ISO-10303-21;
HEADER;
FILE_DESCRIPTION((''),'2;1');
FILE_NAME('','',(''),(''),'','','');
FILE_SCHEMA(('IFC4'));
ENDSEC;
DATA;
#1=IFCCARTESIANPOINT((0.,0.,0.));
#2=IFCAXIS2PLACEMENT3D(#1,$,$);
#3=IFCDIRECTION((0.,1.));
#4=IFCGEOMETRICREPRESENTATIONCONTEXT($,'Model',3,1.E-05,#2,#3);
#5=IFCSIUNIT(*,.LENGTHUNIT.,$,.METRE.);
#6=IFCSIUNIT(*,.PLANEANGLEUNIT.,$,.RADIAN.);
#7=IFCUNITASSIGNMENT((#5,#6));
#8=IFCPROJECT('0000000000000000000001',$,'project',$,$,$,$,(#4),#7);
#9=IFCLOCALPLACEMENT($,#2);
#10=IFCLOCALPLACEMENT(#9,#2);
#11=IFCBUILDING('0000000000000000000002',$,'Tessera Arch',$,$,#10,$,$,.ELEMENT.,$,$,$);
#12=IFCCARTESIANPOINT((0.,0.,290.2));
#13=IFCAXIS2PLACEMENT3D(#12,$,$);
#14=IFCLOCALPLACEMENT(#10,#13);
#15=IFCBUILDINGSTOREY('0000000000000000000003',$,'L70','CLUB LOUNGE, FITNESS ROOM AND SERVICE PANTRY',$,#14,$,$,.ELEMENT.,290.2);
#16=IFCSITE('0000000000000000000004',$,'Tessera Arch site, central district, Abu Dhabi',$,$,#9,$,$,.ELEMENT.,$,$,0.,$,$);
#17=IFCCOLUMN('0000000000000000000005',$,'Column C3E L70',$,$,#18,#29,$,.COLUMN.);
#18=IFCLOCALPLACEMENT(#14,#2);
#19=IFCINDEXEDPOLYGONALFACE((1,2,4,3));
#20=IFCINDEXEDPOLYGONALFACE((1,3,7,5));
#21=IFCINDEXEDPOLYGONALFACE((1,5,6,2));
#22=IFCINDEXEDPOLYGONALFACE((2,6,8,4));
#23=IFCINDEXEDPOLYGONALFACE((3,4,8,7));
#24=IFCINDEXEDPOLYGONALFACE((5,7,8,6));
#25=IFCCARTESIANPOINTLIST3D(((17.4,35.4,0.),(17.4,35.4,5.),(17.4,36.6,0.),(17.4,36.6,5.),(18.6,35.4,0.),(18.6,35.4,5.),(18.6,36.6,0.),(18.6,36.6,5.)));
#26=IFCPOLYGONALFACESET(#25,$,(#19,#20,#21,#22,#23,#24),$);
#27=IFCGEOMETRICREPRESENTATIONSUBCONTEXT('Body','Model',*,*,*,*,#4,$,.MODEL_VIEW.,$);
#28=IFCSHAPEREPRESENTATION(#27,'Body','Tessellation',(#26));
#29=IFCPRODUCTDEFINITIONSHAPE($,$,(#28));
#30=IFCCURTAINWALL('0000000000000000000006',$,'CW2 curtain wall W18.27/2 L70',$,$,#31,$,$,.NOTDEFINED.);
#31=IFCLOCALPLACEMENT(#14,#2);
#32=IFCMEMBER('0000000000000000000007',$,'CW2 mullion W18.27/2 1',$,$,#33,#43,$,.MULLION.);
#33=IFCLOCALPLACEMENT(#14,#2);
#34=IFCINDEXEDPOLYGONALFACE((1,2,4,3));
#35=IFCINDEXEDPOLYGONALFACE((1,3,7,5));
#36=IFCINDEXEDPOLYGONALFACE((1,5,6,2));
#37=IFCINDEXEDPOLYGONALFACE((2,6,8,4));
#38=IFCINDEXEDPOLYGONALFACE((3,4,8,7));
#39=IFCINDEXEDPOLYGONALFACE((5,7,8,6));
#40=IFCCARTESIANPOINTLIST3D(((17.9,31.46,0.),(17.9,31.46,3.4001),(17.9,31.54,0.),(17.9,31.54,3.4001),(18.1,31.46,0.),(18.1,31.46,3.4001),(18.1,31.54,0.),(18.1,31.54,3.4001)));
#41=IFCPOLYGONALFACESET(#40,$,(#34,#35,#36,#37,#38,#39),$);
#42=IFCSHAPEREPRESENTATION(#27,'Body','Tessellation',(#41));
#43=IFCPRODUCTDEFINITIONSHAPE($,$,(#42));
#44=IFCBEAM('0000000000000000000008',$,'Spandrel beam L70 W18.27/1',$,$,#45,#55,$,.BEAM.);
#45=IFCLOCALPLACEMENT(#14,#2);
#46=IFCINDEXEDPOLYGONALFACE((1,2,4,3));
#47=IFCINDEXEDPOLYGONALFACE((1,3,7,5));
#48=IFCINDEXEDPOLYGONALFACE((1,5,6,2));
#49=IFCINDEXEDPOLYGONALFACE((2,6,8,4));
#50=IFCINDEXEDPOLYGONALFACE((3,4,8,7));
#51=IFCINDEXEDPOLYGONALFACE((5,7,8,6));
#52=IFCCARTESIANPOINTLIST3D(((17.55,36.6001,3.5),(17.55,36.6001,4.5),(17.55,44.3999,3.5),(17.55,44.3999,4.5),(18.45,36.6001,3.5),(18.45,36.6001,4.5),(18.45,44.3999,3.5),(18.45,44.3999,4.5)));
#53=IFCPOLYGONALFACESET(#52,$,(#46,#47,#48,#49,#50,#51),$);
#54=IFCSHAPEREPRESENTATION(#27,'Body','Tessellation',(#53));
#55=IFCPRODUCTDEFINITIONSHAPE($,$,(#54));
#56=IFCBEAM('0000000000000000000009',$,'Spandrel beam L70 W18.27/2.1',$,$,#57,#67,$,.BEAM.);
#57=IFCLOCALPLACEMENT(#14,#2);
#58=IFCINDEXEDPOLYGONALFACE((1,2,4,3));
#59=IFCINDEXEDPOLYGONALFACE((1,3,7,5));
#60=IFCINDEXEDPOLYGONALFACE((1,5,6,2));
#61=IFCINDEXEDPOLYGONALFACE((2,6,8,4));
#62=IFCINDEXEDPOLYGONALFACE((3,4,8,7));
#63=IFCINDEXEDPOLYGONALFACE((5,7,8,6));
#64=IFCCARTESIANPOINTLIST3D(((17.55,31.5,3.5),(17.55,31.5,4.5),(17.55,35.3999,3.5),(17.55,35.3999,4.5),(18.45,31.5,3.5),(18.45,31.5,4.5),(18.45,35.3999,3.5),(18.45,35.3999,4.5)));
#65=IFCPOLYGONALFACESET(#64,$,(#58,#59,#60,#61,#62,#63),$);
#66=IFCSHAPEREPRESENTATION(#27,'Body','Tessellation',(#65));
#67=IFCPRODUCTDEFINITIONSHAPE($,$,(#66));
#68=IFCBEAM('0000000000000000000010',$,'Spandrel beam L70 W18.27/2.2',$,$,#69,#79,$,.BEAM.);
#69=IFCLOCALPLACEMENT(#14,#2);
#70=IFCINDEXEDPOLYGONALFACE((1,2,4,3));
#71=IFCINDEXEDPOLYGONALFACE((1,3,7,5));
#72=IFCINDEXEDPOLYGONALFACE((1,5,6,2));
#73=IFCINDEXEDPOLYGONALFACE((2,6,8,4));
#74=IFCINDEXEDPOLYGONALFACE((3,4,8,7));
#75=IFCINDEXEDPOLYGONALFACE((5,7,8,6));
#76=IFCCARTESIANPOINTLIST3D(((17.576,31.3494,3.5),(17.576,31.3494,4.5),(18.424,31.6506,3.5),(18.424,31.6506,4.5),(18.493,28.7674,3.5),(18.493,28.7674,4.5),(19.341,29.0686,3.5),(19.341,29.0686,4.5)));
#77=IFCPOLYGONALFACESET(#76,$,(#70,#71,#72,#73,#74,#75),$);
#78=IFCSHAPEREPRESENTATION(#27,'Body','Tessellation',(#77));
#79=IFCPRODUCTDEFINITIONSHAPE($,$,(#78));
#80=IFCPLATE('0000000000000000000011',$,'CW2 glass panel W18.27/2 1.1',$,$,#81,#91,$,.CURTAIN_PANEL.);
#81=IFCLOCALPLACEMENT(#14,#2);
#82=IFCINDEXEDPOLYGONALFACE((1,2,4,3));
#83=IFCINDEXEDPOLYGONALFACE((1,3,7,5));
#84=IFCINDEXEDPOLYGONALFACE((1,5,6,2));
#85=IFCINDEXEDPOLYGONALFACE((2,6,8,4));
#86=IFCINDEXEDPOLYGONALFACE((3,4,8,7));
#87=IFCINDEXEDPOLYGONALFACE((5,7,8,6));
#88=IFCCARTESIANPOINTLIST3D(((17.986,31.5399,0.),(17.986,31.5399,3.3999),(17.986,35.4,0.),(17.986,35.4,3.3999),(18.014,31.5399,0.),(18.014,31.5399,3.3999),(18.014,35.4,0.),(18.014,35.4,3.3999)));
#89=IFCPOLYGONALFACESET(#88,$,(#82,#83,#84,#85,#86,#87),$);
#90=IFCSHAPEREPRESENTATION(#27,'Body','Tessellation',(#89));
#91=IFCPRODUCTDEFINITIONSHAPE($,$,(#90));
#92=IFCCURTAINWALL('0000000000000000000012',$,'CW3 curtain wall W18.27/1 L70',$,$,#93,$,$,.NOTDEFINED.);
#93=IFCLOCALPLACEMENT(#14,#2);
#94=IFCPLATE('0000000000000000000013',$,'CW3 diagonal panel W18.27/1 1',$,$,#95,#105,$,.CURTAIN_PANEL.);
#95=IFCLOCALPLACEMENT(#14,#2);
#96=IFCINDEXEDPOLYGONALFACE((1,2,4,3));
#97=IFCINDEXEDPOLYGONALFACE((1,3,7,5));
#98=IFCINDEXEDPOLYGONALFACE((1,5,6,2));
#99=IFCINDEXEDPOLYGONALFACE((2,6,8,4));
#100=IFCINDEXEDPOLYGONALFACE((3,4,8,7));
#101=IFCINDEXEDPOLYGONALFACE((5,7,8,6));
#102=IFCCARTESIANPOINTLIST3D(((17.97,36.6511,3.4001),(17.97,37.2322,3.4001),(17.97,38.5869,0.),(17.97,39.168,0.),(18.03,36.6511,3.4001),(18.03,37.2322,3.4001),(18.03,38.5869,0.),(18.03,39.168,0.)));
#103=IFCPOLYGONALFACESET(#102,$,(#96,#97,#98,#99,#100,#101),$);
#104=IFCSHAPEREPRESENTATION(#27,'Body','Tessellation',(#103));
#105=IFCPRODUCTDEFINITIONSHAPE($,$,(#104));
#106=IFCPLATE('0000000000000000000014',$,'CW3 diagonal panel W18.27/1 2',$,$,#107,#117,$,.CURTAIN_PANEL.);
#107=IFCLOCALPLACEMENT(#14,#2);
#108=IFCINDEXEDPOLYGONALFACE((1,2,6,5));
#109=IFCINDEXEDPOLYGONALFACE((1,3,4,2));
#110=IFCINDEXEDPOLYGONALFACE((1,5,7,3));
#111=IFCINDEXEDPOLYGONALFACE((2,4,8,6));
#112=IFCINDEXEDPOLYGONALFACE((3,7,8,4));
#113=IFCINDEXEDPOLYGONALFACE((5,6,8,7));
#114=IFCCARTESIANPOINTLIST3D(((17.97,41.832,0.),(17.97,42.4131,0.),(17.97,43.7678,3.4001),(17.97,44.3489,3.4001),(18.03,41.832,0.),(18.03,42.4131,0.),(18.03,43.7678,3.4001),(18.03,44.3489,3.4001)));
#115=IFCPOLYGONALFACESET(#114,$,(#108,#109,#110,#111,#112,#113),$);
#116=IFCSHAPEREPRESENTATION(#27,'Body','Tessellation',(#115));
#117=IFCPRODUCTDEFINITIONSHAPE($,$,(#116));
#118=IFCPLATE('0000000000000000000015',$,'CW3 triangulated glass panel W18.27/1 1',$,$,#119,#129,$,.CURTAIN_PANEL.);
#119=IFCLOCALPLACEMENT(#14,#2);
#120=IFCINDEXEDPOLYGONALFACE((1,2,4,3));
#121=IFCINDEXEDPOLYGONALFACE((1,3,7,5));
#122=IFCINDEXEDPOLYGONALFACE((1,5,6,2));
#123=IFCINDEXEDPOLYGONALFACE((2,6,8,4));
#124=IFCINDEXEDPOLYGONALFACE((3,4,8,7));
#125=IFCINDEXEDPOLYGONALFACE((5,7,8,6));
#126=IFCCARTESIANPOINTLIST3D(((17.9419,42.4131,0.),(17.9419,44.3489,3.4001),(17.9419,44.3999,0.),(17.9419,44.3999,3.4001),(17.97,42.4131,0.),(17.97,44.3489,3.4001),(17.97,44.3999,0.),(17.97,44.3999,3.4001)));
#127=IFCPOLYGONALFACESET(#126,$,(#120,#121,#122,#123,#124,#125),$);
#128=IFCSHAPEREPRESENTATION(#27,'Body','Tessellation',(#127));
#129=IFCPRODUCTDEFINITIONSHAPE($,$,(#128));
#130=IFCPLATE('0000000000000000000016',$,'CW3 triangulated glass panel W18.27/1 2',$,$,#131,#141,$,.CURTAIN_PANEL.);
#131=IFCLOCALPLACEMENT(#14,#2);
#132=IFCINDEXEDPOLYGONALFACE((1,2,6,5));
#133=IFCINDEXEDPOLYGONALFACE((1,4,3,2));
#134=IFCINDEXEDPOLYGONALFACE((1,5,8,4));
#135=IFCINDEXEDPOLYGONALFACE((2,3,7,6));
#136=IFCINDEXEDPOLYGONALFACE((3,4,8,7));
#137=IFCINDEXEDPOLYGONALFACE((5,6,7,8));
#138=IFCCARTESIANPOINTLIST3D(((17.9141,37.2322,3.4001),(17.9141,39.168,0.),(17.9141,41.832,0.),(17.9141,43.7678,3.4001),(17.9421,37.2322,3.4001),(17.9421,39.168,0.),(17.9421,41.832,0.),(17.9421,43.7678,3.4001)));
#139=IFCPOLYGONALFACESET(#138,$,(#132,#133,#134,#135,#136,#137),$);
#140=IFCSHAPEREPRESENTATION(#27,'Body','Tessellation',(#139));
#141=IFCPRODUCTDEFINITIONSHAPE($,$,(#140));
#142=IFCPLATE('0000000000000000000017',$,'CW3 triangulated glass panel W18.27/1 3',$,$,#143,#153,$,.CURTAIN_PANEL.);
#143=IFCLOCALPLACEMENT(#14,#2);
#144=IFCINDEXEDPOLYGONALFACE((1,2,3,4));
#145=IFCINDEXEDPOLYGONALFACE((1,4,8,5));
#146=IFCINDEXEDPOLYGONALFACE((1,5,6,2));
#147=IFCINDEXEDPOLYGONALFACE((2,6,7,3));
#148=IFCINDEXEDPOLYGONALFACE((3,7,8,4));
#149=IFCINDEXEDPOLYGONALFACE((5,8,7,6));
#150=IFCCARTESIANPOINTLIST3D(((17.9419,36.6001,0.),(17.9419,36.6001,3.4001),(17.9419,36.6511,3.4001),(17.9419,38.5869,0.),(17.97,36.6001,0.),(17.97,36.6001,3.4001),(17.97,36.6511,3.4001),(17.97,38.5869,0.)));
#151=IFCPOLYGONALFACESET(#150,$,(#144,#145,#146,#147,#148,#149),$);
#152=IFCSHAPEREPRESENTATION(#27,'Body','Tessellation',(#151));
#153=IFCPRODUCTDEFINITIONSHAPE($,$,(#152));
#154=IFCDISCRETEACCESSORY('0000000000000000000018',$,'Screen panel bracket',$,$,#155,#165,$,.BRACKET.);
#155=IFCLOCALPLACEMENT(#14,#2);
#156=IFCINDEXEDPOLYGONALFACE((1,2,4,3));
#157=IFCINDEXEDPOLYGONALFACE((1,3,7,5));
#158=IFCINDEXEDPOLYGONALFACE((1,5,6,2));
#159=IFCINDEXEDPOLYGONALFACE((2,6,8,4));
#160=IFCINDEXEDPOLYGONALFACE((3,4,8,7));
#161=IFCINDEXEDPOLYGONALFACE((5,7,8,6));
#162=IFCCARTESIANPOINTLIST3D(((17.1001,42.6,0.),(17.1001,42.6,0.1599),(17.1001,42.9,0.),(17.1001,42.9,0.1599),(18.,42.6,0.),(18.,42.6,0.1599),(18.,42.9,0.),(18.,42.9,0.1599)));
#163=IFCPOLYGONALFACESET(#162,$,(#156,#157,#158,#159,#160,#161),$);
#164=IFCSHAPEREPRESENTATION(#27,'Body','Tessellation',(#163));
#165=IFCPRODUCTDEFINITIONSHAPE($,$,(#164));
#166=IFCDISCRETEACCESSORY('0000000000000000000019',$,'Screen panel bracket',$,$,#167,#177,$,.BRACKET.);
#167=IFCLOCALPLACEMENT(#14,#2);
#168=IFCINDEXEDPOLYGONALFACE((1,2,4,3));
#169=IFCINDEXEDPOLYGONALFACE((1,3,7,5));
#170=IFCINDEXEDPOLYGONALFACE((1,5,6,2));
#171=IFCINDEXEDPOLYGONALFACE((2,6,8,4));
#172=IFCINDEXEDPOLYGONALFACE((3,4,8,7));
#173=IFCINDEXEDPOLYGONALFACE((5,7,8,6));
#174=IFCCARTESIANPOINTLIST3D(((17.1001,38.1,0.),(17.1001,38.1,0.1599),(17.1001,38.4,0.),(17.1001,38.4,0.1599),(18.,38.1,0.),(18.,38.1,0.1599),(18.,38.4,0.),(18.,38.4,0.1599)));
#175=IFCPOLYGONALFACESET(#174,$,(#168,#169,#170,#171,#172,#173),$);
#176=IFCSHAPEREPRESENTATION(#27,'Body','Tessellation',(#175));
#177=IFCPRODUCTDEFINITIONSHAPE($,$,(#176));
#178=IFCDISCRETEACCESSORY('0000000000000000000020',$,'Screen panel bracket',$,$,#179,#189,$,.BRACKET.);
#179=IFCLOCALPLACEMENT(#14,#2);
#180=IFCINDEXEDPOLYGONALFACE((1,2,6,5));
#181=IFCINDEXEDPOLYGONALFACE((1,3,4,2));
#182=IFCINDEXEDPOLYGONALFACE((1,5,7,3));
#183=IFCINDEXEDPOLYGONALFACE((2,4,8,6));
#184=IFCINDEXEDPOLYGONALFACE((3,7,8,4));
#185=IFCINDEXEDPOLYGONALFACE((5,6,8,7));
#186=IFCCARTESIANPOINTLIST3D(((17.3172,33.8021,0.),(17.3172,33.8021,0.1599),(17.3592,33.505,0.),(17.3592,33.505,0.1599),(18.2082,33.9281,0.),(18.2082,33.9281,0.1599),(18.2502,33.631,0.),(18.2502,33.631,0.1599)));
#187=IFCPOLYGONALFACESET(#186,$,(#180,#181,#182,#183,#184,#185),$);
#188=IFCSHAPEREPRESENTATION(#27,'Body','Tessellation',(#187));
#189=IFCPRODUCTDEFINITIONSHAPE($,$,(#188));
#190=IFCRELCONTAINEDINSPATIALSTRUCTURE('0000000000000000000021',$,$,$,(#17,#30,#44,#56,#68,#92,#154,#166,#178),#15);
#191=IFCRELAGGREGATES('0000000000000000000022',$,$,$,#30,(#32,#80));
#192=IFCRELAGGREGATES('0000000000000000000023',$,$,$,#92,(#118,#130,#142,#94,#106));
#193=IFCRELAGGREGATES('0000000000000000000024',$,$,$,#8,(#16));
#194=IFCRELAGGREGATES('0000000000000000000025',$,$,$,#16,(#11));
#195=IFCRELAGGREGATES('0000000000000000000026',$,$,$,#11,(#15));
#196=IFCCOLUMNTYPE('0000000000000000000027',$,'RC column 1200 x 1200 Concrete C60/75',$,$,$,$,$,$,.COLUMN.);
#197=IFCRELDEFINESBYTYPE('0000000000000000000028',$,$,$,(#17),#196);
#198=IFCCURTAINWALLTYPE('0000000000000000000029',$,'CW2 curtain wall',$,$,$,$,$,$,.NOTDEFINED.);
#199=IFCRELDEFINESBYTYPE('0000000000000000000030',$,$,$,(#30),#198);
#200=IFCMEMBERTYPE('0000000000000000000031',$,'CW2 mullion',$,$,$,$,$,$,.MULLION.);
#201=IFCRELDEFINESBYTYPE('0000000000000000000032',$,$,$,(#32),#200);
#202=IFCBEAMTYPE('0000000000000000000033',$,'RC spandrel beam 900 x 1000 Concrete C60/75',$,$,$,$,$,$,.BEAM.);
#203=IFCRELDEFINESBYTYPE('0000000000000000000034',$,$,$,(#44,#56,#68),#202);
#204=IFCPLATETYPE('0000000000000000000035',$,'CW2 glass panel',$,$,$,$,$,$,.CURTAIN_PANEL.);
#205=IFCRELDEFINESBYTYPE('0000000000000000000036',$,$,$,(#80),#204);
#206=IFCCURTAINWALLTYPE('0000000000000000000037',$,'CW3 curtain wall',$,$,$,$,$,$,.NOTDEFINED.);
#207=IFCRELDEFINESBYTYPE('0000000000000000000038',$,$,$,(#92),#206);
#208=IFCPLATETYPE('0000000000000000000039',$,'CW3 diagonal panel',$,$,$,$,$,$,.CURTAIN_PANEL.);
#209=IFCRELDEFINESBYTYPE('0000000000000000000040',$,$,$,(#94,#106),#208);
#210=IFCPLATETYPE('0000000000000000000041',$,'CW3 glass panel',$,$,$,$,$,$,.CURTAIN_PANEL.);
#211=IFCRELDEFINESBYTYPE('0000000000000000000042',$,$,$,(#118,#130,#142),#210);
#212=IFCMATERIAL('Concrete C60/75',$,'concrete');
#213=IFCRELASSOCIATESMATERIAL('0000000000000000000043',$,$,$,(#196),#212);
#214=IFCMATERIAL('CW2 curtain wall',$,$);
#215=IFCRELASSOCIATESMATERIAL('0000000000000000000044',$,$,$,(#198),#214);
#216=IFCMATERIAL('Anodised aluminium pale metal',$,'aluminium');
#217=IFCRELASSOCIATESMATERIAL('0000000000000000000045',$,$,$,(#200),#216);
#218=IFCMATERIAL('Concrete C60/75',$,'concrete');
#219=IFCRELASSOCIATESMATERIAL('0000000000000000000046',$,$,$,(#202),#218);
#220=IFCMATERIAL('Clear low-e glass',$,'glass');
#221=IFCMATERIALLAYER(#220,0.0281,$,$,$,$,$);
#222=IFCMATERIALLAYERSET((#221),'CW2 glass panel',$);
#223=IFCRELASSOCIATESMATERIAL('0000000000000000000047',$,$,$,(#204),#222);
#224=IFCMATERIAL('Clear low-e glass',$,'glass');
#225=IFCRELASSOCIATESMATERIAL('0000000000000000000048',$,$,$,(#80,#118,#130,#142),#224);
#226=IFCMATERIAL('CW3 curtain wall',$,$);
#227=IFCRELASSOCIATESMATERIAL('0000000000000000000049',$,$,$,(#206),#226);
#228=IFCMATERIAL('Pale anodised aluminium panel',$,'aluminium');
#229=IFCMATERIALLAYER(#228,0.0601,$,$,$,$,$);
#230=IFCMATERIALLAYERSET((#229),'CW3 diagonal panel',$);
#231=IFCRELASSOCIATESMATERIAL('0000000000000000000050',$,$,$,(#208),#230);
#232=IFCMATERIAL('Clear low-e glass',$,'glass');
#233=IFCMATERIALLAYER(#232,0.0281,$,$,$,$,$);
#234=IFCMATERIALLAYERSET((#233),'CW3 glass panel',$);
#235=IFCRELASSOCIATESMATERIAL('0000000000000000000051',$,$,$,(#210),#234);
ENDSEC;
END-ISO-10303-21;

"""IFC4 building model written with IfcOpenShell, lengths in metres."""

from ifc_helpers import new_model, si_unit, direction, frame, origin, origin_2d, place, context, subcontext, project, spatial, polyline, rectangle, outline, extrude, material, layer, layer_set, material_profile, profile_set, type_object, element, aggregate, save


model = new_model("IFC4")

# Units and contexts
model_context = context("Model", 3, precision=1e-05, world=origin(), true_north=direction((0.0, 1.0)))
body_context = subcontext(model_context, "Body", "Model", "MODEL_VIEW")
ifc_project = project(units=[si_unit("LENGTHUNIT", "METRE"), si_unit("PLANEANGLEUNIT", "RADIAN")], contexts=[model_context])

# Site, building, storey
site_placement = place(None, origin())
site = spatial("IfcSite", under=ifc_project, at=site_placement, Name="Tessera Arch site, central district, Abu Dhabi", CompositionType="ELEMENT", RefElevation=0.0)
building_placement = place(site_placement, origin())
building = spatial("IfcBuilding", under=site, at=building_placement, Name="Tessera Arch", CompositionType="ELEMENT")
storey_placement = place(building_placement, frame((0.0, 0.0, 290.2)))
storey = spatial("IfcBuildingStorey", under=building, at=storey_placement, Name="L70", Description="CLUB LOUNGE, FITNESS ROOM AND SERVICE PANTRY", CompositionType="ELEMENT", Elevation=290.2)

# Column
ifc_material_1 = material(Name="Concrete C60/75", Category="concrete")
ifc_material_profile_1 = material_profile(ifc_material_1, rectangle(XDim=1.2, YDim=1.2, at=origin_2d()), Name="RC column 1200 x 1200 Concrete C60/75")
ifc_profile_set_1 = profile_set([ifc_material_profile_1], Name="Concrete C60/75")
column_type = type_object("IfcColumnType", Name="RC column 1200 x 1200 Concrete C60/75", PredefinedType="COLUMN", material=ifc_profile_set_1)
column_placement = place(storey_placement, frame((18.0, 36.0, 0.0), z_axis=(0.0, 0.0, 1.0), x_axis=(1.0, 0.0, 0.0)))
element("IfcColumn", 1, at=column_placement, inside=storey, type_object=column_type, Name="Column C3E L70", PredefinedType="COLUMN", context=body_context, shape_type="SweptSolid", body=[
    extrude(rectangle(XDim=1.2, YDim=1.2, at=origin_2d()), origin(), (0.0, 0.0, 1.0), 5.0),
])

# Curtain wall, member
ifc_material_2 = material(Name="CW2 curtain wall")
curtain_wall_type_1 = type_object("IfcCurtainWallType", Name="CW2 curtain wall", PredefinedType="NOTDEFINED", material=ifc_material_2)
curtain_wall_1_placement = place(storey_placement, origin())
curtain_wall_1 = element("IfcCurtainWall", 2, at=curtain_wall_1_placement, inside=storey, type_object=curtain_wall_type_1, Name="CW2 curtain wall W18.27/2 L70", PredefinedType="NOTDEFINED")
ifc_material_3 = material(Name="Anodised aluminium pale metal", Category="aluminium")
ifc_material_profile_2 = material_profile(ifc_material_3, rectangle(XDim=0.2, YDim=0.0801, at=origin_2d()), Name="AL 80x200")
ifc_profile_set_2 = profile_set([ifc_material_profile_2], Name="Anodised aluminium pale metal")
member_type = type_object("IfcMemberType", Name="CW2 mullion", PredefinedType="MULLION", material=ifc_profile_set_2)
member_placement = place(storey_placement, frame((18.0, 31.5, 0.0), z_axis=(0.0, 0.0, 1.0), x_axis=(1.0, 0.0, 0.0)))
member = element("IfcMember", 3, at=member_placement, type_object=member_type, Name="CW2 mullion W18.27/2 1", PredefinedType="MULLION", context=body_context, shape_type="SweptSolid", body=[
    extrude(rectangle(XDim=0.2, YDim=0.0801, at=origin_2d()), origin(), (0.0, 0.0, 1.0), 3.4001),
])

# Beams
ifc_material_4 = material(Name="Concrete C60/75", Category="concrete")
ifc_material_profile_3 = material_profile(ifc_material_4, rectangle(XDim=0.8999, YDim=1.0, at=origin_2d()), Name="RC spandrel beam 900 x 1000 Concrete C60/75")
ifc_profile_set_3 = profile_set([ifc_material_profile_3], Name="Concrete C60/75")
beam_type = type_object("IfcBeamType", Name="RC spandrel beam 900 x 1000 Concrete C60/75", PredefinedType="BEAM", material=ifc_profile_set_3)
beam_1_placement = place(storey_placement, frame((18.0, 44.3999, 4.0), z_axis=(0.0, -1.0, 0.0), x_axis=(1.0, 0.0, 0.0)))
element("IfcBeam", 4, at=beam_1_placement, inside=storey, type_object=beam_type, Name="Spandrel beam L70 W18.27/1", PredefinedType="BEAM", context=body_context, shape_type="SweptSolid", body=[
    extrude(rectangle(XDim=0.8999, YDim=1.0, at=origin_2d()), origin(), (0.0, 0.0, 1.0), 7.7998),
])
beam_2_placement = place(storey_placement, frame((18.0, 35.3999, 4.0), z_axis=(0.0, -1.0, 0.0), x_axis=(1.0, 0.0, 0.0)))
element("IfcBeam", 5, at=beam_2_placement, inside=storey, type_object=beam_type, Name="Spandrel beam L70 W18.27/2.1", PredefinedType="BEAM", context=body_context, shape_type="SweptSolid", body=[
    extrude(rectangle(XDim=0.8999, YDim=1.0, at=origin_2d()), origin(), (0.0, 0.0, 1.0), 3.8999),
])
beam_3_placement = place(storey_placement, frame((18.0, 31.5, 4.0), z_axis=(0.334665, -0.942337, 0.0), x_axis=(0.942337, 0.334665, 0.0)))
element("IfcBeam", 6, at=beam_3_placement, inside=storey, type_object=beam_type, Name="Spandrel beam L70 W18.27/2.2", PredefinedType="BEAM", context=body_context, shape_type="SweptSolid", body=[
    extrude(rectangle(XDim=0.8999, YDim=1.0, at=origin_2d()), origin(), (0.0, 0.0, 1.0), 2.74),
])

# Plate
ifc_material_5 = material(Name="Clear low-e glass", Category="glass")
ifc_material_6 = material(Name="Clear low-e glass", Category="glass")
ifc_layer_1 = layer(ifc_material_6, 0.0281)
ifc_layer_set_1 = layer_set([ifc_layer_1], Name="CW2 glass panel")
plate_type_1 = type_object("IfcPlateType", Name="CW2 glass panel", PredefinedType="CURTAIN_PANEL", material=ifc_layer_set_1)
plate_1_placement = place(storey_placement, frame((18.0, 33.47, 0.0), z_axis=(0.0, 0.0, 1.0), x_axis=(0.0, -1.0, 0.0)))
plate_1 = element("IfcPlate", 7, at=plate_1_placement, type_object=plate_type_1, material=ifc_material_5, Name="CW2 glass panel W18.27/2 1.1", PredefinedType="CURTAIN_PANEL", context=body_context, shape_type="SweptSolid", body=[
    extrude(rectangle(XDim=3.8601, YDim=0.0281, at=origin_2d()), origin(), (0.0, 0.0, 1.0), 3.3999),
])
aggregate(curtain_wall_1, [member, plate_1])

# Curtain wall, plates
ifc_material_7 = material(Name="CW3 curtain wall")
curtain_wall_type_2 = type_object("IfcCurtainWallType", Name="CW3 curtain wall", PredefinedType="NOTDEFINED", material=ifc_material_7)
curtain_wall_2_placement = place(storey_placement, origin())
curtain_wall_2 = element("IfcCurtainWall", 8, at=curtain_wall_2_placement, inside=storey, type_object=curtain_wall_type_2, Name="CW3 curtain wall W18.27/1 L70", PredefinedType="NOTDEFINED")
ifc_material_8 = material(Name="Pale anodised aluminium panel", Category="aluminium")
ifc_layer_2 = layer(ifc_material_8, 0.0601)
ifc_layer_set_2 = layer_set([ifc_layer_2], Name="CW3 diagonal panel")
plate_type_2 = type_object("IfcPlateType", Name="CW3 diagonal panel", PredefinedType="CURTAIN_PANEL", material=ifc_layer_set_2)
plate_2_placement = place(storey_placement, frame((17.97, 36.6511, 3.4001), z_axis=(-1.0, 0.0, 0.0), x_axis=(0.0, 1.0, 0.0)))
plate_2 = element("IfcPlate", 9, at=plate_2_placement, type_object=plate_type_2, Name="CW3 diagonal panel W18.27/1 1", PredefinedType="CURTAIN_PANEL", context=body_context, shape_type="SweptSolid", body=[
    extrude(outline(polyline([(0.0, 0.0), (0.5811, 0.0), (2.5168, 3.4001), (1.9358, 3.4001), (0.0, 0.0)])), origin(), (0.0, 0.0, -1.0), 0.0601),
])
plate_3_placement = place(storey_placement, frame((17.97, 43.7678, 3.4001), z_axis=(-1.0, 0.0, 0.0), x_axis=(0.0, 1.0, 0.0)))
plate_3 = element("IfcPlate", 10, at=plate_3_placement, type_object=plate_type_2, Name="CW3 diagonal panel W18.27/1 2", PredefinedType="CURTAIN_PANEL", context=body_context, shape_type="SweptSolid", body=[
    extrude(outline(polyline([(0.0, 0.0), (0.5811, 0.0), (-1.3547, 3.4001), (-1.9358, 3.4001), (0.0, 0.0)])), origin(), (0.0, 0.0, -1.0), 0.0601),
])
ifc_material_9 = material(Name="Clear low-e glass", Category="glass")
ifc_layer_3 = layer(ifc_material_9, 0.0281)
ifc_layer_set_3 = layer_set([ifc_layer_3], Name="CW3 glass panel")
plate_type_3 = type_object("IfcPlateType", Name="CW3 glass panel", PredefinedType="CURTAIN_PANEL", material=ifc_layer_set_3)
plate_4_placement = place(storey_placement, frame((17.9419, 44.3999, 0.0), z_axis=(-1.0, 0.0, 0.0), x_axis=(0.0, -1.0, 0.0)))
plate_4 = element("IfcPlate", 11, at=plate_4_placement, type_object=plate_type_3, material=ifc_material_5, Name="CW3 triangulated glass panel W18.27/1 1", PredefinedType="CURTAIN_PANEL", context=body_context, shape_type="SweptSolid", body=[
    extrude(outline(polyline([(0.0, 0.0), (1.9868, 0.0), (0.051, 3.4001), (0.0, 3.4001), (0.0, 0.0)])), origin(), (0.0, 0.0, -1.0), 0.0281),
])
plate_5_placement = place(storey_placement, frame((17.9141, 37.2322, 3.4001), z_axis=(-1.0, 0.0, 0.0), x_axis=(0.0, 1.0, 0.0)))
plate_5 = element("IfcPlate", 12, at=plate_5_placement, type_object=plate_type_3, material=ifc_material_5, Name="CW3 triangulated glass panel W18.27/1 2", PredefinedType="CURTAIN_PANEL", context=body_context, shape_type="SweptSolid", body=[
    extrude(outline(polyline([(0.0, 0.0), (6.5356, 0.0), (4.5999, 3.4001), (1.9358, 3.4001), (0.0, 0.0)])), origin(), (0.0, 0.0, -1.0), 0.0281),
])
plate_6_placement = place(storey_placement, frame((17.9419, 36.6001, 3.4001), z_axis=(-1.0, 0.0, 0.0), x_axis=(0.0, 1.0, 0.0)))
plate_6 = element("IfcPlate", 13, at=plate_6_placement, type_object=plate_type_3, material=ifc_material_5, Name="CW3 triangulated glass panel W18.27/1 3", PredefinedType="CURTAIN_PANEL", context=body_context, shape_type="SweptSolid", body=[
    extrude(outline(polyline([(0.0, 0.0), (0.051, 0.0), (1.9868, 3.4001), (0.0, 3.4001), (0.0, 0.0)])), origin(), (0.0, 0.0, -1.0), 0.0281),
])
aggregate(curtain_wall_2, [plate_4, plate_5, plate_6, plate_2, plate_3])

# Discrete accessories
for number, where, z_axis, x_axis, name in (
    (14, (17.55, 42.75, 0.0), (0.0, 0.0, 1.0), (-1.0, 0.0, 0.0), "Screen panel bracket"),
    (15, (17.55, 38.25, 0.0), (0.0, 0.0, 1.0), (-1.0, 0.0, 0.0), "Screen panel bracket"),
    (16, (17.7837, 33.7166, 0.0), (0.0, 0.0, 1.0), (-0.990139, -0.140089, 0.0), "Screen panel bracket"),
):
    element("IfcDiscreteAccessory", number, at=place(storey_placement, frame(where, z_axis=z_axis, x_axis=x_axis)), inside=storey, Name=name, PredefinedType="BRACKET", context=body_context, shape_type="SweptSolid", body=[
        extrude(rectangle(XDim=0.8999, YDim=0.3, at=origin_2d()), origin(), (0.0, 0.0, 1.0), 0.1599),
    ])

save(model, "model.ifc")
